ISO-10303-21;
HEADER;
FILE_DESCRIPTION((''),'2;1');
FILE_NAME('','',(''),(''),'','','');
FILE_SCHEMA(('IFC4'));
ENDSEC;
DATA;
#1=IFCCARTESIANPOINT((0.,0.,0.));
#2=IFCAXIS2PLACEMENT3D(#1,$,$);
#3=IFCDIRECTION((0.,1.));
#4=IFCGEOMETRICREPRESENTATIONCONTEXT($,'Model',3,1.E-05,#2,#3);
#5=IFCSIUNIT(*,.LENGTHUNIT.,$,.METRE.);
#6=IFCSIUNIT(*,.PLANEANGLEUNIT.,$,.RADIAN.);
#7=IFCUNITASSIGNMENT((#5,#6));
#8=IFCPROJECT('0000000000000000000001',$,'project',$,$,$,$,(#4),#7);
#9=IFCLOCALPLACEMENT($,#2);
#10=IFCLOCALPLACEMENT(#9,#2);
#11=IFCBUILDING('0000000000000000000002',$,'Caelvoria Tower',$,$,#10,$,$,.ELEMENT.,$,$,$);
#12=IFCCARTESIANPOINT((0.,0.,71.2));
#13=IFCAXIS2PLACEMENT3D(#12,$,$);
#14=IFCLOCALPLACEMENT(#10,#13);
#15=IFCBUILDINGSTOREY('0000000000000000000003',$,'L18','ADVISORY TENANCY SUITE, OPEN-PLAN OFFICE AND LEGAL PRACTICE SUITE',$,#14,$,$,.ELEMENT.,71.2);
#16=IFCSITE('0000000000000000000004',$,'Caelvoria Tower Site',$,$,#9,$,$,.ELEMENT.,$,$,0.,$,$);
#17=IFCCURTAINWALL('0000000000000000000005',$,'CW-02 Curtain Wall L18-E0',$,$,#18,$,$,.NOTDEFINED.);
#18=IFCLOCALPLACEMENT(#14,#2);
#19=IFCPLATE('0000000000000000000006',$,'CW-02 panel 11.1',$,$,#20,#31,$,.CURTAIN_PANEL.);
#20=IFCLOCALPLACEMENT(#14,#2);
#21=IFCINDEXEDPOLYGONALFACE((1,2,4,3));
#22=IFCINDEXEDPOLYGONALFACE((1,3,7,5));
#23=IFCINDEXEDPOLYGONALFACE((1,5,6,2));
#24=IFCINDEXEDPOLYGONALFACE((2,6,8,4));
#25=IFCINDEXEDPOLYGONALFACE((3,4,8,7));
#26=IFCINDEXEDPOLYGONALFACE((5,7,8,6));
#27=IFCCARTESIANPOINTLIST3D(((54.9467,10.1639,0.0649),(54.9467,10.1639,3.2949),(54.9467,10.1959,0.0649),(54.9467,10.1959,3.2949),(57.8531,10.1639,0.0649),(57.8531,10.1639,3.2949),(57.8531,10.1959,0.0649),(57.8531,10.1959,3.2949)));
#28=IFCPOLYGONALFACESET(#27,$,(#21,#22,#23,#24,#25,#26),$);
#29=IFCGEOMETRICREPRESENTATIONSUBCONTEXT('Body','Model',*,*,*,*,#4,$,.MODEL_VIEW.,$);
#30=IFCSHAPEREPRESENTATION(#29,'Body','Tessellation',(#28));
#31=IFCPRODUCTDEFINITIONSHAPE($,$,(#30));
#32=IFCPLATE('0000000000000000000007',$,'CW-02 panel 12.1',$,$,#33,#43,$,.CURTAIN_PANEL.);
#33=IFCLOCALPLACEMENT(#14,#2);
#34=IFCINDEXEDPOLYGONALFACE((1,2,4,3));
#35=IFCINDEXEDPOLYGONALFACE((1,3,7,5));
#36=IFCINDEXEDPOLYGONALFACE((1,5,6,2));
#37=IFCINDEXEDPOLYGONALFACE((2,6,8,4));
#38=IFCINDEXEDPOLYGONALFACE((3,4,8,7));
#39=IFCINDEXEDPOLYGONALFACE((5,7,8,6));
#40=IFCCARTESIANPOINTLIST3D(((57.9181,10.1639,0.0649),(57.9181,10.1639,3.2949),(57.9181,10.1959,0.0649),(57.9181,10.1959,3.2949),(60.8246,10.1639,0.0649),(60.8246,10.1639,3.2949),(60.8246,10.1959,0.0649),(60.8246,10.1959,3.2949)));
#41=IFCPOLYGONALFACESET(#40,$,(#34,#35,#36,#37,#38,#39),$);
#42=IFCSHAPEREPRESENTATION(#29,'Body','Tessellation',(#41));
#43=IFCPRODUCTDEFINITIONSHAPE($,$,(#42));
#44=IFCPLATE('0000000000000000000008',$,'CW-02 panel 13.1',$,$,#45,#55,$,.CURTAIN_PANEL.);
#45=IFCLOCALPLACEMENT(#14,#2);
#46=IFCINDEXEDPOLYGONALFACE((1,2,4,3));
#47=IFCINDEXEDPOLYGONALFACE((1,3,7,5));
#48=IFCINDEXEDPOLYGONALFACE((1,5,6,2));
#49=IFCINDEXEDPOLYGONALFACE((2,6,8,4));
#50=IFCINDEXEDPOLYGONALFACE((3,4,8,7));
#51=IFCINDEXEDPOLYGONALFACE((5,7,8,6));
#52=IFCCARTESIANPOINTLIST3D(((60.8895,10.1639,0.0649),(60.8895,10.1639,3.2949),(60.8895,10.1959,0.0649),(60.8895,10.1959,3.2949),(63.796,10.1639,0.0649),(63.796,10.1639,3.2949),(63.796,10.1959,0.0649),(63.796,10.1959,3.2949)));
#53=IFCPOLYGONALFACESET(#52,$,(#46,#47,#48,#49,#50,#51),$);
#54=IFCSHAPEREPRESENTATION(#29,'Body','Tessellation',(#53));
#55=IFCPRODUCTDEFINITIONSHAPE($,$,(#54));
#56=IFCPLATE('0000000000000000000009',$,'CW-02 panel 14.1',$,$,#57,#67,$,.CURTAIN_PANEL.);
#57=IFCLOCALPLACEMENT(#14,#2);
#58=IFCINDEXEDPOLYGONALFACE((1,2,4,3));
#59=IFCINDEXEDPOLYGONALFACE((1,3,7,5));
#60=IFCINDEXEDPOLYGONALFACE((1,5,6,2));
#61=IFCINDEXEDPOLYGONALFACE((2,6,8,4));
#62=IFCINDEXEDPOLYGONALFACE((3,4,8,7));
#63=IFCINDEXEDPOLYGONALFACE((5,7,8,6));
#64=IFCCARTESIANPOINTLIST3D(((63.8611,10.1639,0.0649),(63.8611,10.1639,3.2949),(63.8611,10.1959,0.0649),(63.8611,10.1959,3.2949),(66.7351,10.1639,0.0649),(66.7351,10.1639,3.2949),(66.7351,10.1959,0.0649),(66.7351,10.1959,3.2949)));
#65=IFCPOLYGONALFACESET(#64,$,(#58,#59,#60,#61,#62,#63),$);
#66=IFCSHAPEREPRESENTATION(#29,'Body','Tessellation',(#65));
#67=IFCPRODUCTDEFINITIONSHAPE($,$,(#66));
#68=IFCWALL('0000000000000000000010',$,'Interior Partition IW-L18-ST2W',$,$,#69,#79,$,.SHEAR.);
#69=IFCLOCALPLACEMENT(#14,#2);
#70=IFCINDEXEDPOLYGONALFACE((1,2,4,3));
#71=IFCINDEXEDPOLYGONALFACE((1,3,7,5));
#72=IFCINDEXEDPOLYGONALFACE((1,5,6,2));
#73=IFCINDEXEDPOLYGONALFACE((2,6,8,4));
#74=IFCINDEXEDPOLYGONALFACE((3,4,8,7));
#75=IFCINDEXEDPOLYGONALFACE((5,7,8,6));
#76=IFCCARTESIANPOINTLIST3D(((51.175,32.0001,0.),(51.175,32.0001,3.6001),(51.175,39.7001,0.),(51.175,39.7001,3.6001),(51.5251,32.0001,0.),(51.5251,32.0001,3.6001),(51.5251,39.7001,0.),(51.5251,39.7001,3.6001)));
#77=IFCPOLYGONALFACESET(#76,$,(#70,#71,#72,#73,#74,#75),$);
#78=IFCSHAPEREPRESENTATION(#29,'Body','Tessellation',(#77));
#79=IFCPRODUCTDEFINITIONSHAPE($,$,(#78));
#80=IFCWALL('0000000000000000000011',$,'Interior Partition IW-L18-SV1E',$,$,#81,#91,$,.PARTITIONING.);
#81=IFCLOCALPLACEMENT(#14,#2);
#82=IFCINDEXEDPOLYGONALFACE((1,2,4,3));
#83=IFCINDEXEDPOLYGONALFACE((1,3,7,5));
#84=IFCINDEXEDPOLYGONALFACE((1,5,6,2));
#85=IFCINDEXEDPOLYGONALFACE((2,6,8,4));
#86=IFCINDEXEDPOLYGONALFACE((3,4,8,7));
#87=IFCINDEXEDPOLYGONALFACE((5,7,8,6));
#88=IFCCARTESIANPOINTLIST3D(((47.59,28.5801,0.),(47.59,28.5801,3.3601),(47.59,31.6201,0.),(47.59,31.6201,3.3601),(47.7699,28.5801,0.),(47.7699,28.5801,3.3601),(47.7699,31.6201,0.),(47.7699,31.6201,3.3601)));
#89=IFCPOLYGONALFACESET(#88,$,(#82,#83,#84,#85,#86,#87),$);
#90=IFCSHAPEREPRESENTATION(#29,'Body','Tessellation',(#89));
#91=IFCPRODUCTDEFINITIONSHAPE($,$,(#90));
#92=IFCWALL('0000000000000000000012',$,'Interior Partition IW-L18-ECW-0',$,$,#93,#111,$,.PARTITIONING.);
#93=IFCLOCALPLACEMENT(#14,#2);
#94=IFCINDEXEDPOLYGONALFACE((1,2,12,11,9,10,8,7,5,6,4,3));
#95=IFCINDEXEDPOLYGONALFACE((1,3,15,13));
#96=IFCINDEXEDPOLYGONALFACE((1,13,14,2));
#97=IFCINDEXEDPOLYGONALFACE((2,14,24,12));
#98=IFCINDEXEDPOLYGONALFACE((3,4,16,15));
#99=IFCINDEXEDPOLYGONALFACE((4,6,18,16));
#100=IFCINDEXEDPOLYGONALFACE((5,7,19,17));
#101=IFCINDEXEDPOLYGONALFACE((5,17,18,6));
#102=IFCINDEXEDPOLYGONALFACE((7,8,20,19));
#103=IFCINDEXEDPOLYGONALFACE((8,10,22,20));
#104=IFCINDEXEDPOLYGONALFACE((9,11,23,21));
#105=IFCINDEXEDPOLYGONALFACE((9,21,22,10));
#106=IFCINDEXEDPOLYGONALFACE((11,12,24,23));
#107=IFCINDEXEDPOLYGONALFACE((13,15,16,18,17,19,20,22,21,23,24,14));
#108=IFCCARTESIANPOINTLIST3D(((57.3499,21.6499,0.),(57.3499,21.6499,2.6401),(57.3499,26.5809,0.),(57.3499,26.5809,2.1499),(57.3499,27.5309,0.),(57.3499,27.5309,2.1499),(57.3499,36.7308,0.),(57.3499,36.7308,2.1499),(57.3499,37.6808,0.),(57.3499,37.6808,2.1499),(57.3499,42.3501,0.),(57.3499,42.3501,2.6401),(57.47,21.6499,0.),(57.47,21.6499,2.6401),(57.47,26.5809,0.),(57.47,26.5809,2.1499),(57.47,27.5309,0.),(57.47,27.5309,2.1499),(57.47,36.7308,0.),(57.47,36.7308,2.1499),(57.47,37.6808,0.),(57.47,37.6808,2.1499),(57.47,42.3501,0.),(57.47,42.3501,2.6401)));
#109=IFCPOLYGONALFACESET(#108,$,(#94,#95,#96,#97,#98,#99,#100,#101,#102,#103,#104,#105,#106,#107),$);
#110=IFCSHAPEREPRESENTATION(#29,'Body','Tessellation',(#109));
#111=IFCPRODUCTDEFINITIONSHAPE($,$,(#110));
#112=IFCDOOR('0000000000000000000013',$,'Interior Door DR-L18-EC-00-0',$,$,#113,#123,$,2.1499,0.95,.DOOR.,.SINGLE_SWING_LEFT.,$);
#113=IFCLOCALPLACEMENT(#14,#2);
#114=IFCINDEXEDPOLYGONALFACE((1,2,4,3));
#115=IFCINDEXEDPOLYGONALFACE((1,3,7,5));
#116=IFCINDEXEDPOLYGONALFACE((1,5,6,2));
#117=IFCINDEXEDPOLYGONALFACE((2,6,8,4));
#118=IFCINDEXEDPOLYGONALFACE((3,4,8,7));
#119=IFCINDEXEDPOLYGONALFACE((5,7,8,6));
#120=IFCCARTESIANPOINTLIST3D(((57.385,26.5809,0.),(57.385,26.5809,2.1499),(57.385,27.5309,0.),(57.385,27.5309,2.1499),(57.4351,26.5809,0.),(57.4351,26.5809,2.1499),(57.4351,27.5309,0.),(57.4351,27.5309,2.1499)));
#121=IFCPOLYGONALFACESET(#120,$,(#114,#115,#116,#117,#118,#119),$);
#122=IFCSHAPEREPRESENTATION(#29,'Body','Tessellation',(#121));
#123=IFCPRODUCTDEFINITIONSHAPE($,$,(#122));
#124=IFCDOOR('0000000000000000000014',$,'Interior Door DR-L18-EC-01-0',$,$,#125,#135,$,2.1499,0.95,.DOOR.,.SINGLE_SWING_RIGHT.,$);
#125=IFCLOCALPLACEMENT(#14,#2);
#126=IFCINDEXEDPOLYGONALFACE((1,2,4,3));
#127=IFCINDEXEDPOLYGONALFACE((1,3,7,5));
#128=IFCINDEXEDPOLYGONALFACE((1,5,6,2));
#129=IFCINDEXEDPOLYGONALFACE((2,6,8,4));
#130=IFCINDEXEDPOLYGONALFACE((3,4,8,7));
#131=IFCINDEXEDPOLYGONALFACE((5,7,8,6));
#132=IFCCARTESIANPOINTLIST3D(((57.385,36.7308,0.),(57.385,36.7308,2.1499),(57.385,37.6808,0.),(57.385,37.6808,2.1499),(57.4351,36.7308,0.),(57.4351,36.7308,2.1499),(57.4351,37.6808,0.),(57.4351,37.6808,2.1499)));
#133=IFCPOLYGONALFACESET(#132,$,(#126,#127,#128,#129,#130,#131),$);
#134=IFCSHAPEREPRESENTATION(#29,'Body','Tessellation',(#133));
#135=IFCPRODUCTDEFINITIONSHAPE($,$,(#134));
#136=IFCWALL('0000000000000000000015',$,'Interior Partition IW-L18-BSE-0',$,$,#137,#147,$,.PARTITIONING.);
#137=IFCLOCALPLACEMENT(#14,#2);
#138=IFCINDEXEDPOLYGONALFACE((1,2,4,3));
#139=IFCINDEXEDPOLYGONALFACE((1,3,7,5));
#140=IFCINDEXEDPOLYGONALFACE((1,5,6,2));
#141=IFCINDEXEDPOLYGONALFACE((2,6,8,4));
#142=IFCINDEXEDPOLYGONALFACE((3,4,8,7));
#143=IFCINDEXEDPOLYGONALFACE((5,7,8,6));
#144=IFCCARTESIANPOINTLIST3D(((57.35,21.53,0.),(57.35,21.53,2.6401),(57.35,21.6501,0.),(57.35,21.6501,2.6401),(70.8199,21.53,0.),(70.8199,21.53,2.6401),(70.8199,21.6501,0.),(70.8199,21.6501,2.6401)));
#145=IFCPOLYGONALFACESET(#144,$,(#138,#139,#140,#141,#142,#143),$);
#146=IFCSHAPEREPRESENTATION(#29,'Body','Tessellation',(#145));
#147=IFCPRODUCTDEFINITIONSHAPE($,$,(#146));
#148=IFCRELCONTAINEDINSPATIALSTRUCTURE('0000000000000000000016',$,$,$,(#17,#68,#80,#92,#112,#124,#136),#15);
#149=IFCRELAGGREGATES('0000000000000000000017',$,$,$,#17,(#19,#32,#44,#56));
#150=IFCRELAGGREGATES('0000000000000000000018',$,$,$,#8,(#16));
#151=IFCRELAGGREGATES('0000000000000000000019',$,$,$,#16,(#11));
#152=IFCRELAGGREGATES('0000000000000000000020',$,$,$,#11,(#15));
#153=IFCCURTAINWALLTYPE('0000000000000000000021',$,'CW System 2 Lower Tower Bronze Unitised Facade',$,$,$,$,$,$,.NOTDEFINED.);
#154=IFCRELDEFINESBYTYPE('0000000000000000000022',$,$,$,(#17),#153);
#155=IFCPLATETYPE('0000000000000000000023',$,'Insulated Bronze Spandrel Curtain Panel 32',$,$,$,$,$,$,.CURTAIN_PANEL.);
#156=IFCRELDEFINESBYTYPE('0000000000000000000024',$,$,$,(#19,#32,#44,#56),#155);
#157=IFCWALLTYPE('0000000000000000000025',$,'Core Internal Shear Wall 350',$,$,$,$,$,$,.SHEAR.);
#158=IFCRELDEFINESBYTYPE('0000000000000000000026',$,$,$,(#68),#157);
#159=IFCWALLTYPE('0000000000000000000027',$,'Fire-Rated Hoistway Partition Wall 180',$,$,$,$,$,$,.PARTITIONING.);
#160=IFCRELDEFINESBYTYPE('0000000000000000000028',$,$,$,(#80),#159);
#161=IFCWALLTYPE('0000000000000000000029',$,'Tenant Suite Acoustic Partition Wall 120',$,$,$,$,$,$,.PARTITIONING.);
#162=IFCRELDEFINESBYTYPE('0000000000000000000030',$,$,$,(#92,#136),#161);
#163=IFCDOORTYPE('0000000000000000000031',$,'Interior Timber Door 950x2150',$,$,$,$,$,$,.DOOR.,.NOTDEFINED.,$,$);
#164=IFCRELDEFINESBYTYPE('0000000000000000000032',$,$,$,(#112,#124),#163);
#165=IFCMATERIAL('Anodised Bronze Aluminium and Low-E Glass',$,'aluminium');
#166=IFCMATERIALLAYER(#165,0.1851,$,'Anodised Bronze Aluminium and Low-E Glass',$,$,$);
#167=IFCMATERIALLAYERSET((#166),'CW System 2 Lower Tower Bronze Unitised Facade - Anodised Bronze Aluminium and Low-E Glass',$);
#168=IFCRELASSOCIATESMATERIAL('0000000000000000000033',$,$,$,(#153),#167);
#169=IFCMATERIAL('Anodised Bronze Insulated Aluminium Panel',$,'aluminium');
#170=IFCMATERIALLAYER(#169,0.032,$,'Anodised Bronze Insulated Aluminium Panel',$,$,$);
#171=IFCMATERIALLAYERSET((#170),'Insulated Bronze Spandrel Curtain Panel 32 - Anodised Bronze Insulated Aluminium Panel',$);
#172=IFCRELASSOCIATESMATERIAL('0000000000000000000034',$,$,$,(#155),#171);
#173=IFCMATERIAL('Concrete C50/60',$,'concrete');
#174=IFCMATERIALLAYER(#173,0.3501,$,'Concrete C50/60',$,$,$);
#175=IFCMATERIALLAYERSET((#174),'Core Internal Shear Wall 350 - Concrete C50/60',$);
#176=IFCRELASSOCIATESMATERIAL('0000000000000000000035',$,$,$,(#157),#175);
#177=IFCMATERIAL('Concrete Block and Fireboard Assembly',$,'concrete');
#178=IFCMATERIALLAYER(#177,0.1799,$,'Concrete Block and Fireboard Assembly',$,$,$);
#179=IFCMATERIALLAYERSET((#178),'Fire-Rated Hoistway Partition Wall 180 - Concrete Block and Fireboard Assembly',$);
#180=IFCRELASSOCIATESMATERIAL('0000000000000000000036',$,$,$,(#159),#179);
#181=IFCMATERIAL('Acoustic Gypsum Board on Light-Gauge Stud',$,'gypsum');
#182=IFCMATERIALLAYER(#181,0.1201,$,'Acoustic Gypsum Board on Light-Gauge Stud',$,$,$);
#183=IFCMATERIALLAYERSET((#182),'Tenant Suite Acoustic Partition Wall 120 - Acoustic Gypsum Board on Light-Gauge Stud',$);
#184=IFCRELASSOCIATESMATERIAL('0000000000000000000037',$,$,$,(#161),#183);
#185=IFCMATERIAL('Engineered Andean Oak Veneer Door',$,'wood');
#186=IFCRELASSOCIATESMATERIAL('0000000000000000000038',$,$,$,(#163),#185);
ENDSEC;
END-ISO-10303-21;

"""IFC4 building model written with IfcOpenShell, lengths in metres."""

from ifc_helpers import new_model, si_unit, direction, frame, frame_2d, origin, origin_2d, place, context, subcontext, project, spatial, rectangle, extrude, material, layer, layer_set, type_object, element, fill, aggregate, save


model = new_model("IFC4")

# Units and contexts
model_context = context("Model", 3, precision=1e-05, world=origin(), true_north=direction((0.0, 1.0)))
body_context = subcontext(model_context, "Body", "Model", "MODEL_VIEW")
ifc_project = project(units=[si_unit("LENGTHUNIT", "METRE"), si_unit("PLANEANGLEUNIT", "RADIAN")], contexts=[model_context])

# Site, building, storey
site_placement = place(None, origin())
site = spatial("IfcSite", under=ifc_project, at=site_placement, Name="Caelvoria Tower Site", CompositionType="ELEMENT", RefElevation=0.0)
building_placement = place(site_placement, origin())
building = spatial("IfcBuilding", under=site, at=building_placement, Name="Caelvoria Tower", CompositionType="ELEMENT")
storey_placement = place(building_placement, frame((0.0, 0.0, 71.2)))
storey = spatial("IfcBuildingStorey", under=building, at=storey_placement, Name="L18", Description="ADVISORY TENANCY SUITE, OPEN-PLAN OFFICE AND LEGAL PRACTICE SUITE", CompositionType="ELEMENT", Elevation=71.2)

# Curtain wall
ifc_material_1 = material(Name="Anodised Bronze Aluminium and Low-E Glass", Category="aluminium")
ifc_layer_1 = layer(ifc_material_1, 0.1851, Name="Anodised Bronze Aluminium and Low-E Glass")
ifc_layer_set_1 = layer_set([ifc_layer_1], Name="CW System 2 Lower Tower Bronze Unitised Facade - Anodised Bronze Aluminium and Low-E Glass")
curtain_wall_type = type_object("IfcCurtainWallType", Name="CW System 2 Lower Tower Bronze Unitised Facade", PredefinedType="NOTDEFINED", material=ifc_layer_set_1)
curtain_wall_placement = place(storey_placement, origin())
curtain_wall = element("IfcCurtainWall", 1, at=curtain_wall_placement, inside=storey, type_object=curtain_wall_type, Name="CW-02 Curtain Wall L18-E0", PredefinedType="NOTDEFINED")

# Plates
ifc_material_2 = material(Name="Anodised Bronze Insulated Aluminium Panel", Category="aluminium")
ifc_layer_2 = layer(ifc_material_2, 0.032, Name="Anodised Bronze Insulated Aluminium Panel")
ifc_layer_set_2 = layer_set([ifc_layer_2], Name="Insulated Bronze Spandrel Curtain Panel 32 - Anodised Bronze Insulated Aluminium Panel")
plate_type = type_object("IfcPlateType", Name="Insulated Bronze Spandrel Curtain Panel 32", PredefinedType="CURTAIN_PANEL", material=ifc_layer_set_2)
plate_1_placement = place(storey_placement, frame((56.3999, 10.1799, 0.0649), z_axis=(0.0, 0.0, 1.0), x_axis=(1.0, 0.0, 0.0)))
plate_1 = element("IfcPlate", 2, at=plate_1_placement, type_object=plate_type, Name="CW-02 panel 11.1", PredefinedType="CURTAIN_PANEL", context=body_context, shape_type="SweptSolid", body=[
    extrude(rectangle(XDim=2.9065, YDim=0.032, at=origin_2d()), origin(), (0.0, 0.0, 1.0), 3.23),
])
plate_2_placement = place(storey_placement, frame((59.3713, 10.1799, 0.0649), z_axis=(0.0, 0.0, 1.0), x_axis=(1.0, 0.0, 0.0)))
plate_2 = element("IfcPlate", 3, at=plate_2_placement, type_object=plate_type, Name="CW-02 panel 12.1", PredefinedType="CURTAIN_PANEL", context=body_context, shape_type="SweptSolid", body=[
    extrude(rectangle(XDim=2.9065, YDim=0.032, at=origin_2d()), origin(), (0.0, 0.0, 1.0), 3.23),
])
plate_3_placement = place(storey_placement, frame((62.3428, 10.1799, 0.0649), z_axis=(0.0, 0.0, 1.0), x_axis=(1.0, 0.0, 0.0)))
plate_3 = element("IfcPlate", 4, at=plate_3_placement, type_object=plate_type, Name="CW-02 panel 13.1", PredefinedType="CURTAIN_PANEL", context=body_context, shape_type="SweptSolid", body=[
    extrude(rectangle(XDim=2.9065, YDim=0.032, at=origin_2d()), origin(), (0.0, 0.0, 1.0), 3.23),
])
plate_4_placement = place(storey_placement, frame((65.2981, 10.1799, 0.0649), z_axis=(0.0, 0.0, 1.0), x_axis=(1.0, 0.0, 0.0)))
plate_4 = element("IfcPlate", 5, at=plate_4_placement, type_object=plate_type, Name="CW-02 panel 14.1", PredefinedType="CURTAIN_PANEL", context=body_context, shape_type="SweptSolid", body=[
    extrude(rectangle(XDim=2.874, YDim=0.032, at=origin_2d()), origin(), (0.0, 0.0, 1.0), 3.23),
])
aggregate(curtain_wall, [plate_1, plate_2, plate_3, plate_4])

# Walls
ifc_material_3 = material(Name="Concrete C50/60", Category="concrete")
ifc_layer_3 = layer(ifc_material_3, 0.3501, Name="Concrete C50/60")
ifc_layer_set_3 = layer_set([ifc_layer_3], Name="Core Internal Shear Wall 350 - Concrete C50/60")
wall_type_1 = type_object("IfcWallType", Name="Core Internal Shear Wall 350", PredefinedType="SHEAR", material=ifc_layer_set_3)
wall_1_placement = place(storey_placement, frame((51.3501, 32.0, 0.0), z_axis=(0.0, 0.0, 1.0), x_axis=(0.0, 1.0, 0.0)))
element("IfcWall", 6, at=wall_1_placement, inside=storey, type_object=wall_type_1, Name="Interior Partition IW-L18-ST2W", PredefinedType="SHEAR", context=body_context, shape_type="SweptSolid", body=[
    extrude(rectangle(XDim=7.7, YDim=0.3501, at=frame_2d((3.8501, 0.0))), origin(), (0.0, 0.0, 1.0), 3.6001),
])
ifc_material_4 = material(Name="Concrete Block and Fireboard Assembly", Category="concrete")
ifc_layer_4 = layer(ifc_material_4, 0.1799, Name="Concrete Block and Fireboard Assembly")
ifc_layer_set_4 = layer_set([ifc_layer_4], Name="Fire-Rated Hoistway Partition Wall 180 - Concrete Block and Fireboard Assembly")
wall_type_2 = type_object("IfcWallType", Name="Fire-Rated Hoistway Partition Wall 180", PredefinedType="PARTITIONING", material=ifc_layer_set_4)
wall_2_placement = place(storey_placement, frame((47.6799, 28.5801, 0.0), z_axis=(0.0, 0.0, 1.0), x_axis=(0.0, 1.0, 0.0)))
element("IfcWall", 7, at=wall_2_placement, inside=storey, type_object=wall_type_2, Name="Interior Partition IW-L18-SV1E", PredefinedType="PARTITIONING", context=body_context, shape_type="SweptSolid", body=[
    extrude(rectangle(XDim=3.04, YDim=0.1799, at=frame_2d((1.52, 0.0))), origin(), (0.0, 0.0, 1.0), 3.3601),
])

# Wall, openings, doors
ifc_material_5 = material(Name="Acoustic Gypsum Board on Light-Gauge Stud", Category="gypsum")
ifc_layer_5 = layer(ifc_material_5, 0.1201, Name="Acoustic Gypsum Board on Light-Gauge Stud")
ifc_layer_set_5 = layer_set([ifc_layer_5], Name="Tenant Suite Acoustic Partition Wall 120 - Acoustic Gypsum Board on Light-Gauge Stud")
wall_type_3 = type_object("IfcWallType", Name="Tenant Suite Acoustic Partition Wall 120", PredefinedType="PARTITIONING", material=ifc_layer_set_5)
wall_3_placement = place(storey_placement, frame((57.4099, 21.6499, 0.0), z_axis=(0.0, 0.0, 1.0), x_axis=(0.0, 1.0, 0.0)))
wall_3 = element("IfcWall", 8, at=wall_3_placement, inside=storey, type_object=wall_type_3, Name="Interior Partition IW-L18-ECW-0", PredefinedType="PARTITIONING", context=body_context, shape_type="SweptSolid", body=[
    extrude(rectangle(XDim=20.7002, YDim=0.1201, at=frame_2d((10.3501, 0.0))), origin(), (0.0, 0.0, 1.0), 2.6401),
])
opening_1_placement = place(wall_3_placement, frame((4.9309, 0.0, 0.0)))
opening_1 = element("IfcOpeningElement", 9, at=opening_1_placement, cuts=wall_3, PredefinedType="OPENING", context=body_context, shape_type="SweptSolid", body=[
    extrude(rectangle(XDim=0.95, YDim=2.1499, at=frame_2d((0.4751, 1.075))), frame((0.0, 0.0701, 0.0), z_axis=(0.0, -1.0, 0.0), x_axis=(1.0, 0.0, 0.0)), (0.0, 0.0, 1.0), 0.1401),
])
opening_2_placement = place(wall_3_placement, frame((15.0808, 0.0, 0.0)))
opening_2 = element("IfcOpeningElement", 10, at=opening_2_placement, cuts=wall_3, PredefinedType="OPENING", context=body_context, shape_type="SweptSolid", body=[
    extrude(rectangle(XDim=0.95, YDim=2.1499, at=frame_2d((0.4751, 1.075))), frame((0.0, 0.0701, 0.0), z_axis=(0.0, -1.0, 0.0), x_axis=(1.0, 0.0, 0.0)), (0.0, 0.0, 1.0), 0.1401),
])
ifc_material_6 = material(Name="Engineered Andean Oak Veneer Door", Category="wood")
door_type_1 = type_object("IfcDoorType", Name="Interior Timber Door 950x2150", OperationType="NOTDEFINED", PredefinedType="DOOR", material=ifc_material_6)
door_1_placement = place(opening_1_placement, origin())
door_1 = element("IfcDoor", 11, at=door_1_placement, inside=storey, type_object=door_type_1, Name="Interior Door DR-L18-EC-00-0", OperationType="SINGLE_SWING_LEFT", OverallHeight=2.1499, OverallWidth=0.95, PredefinedType="DOOR", context=body_context, shape_type="SweptSolid", body=[
    extrude(rectangle(XDim=0.95, YDim=2.1499, at=frame_2d((0.4751, 1.075))), frame((0.0, 0.0249, 0.0), z_axis=(0.0, -1.0, 0.0), x_axis=(1.0, 0.0, 0.0)), (0.0, 0.0, 1.0), 0.05),
])
fill(opening_1, door_1)
door_2_placement = place(opening_2_placement, origin())
door_2 = element("IfcDoor", 12, at=door_2_placement, inside=storey, type_object=door_type_1, Name="Interior Door DR-L18-EC-01-0", OperationType="SINGLE_SWING_RIGHT", OverallHeight=2.1499, OverallWidth=0.95, PredefinedType="DOOR", context=body_context, shape_type="SweptSolid", body=[
    extrude(rectangle(XDim=0.95, YDim=2.1499, at=frame_2d((0.4751, 1.075))), frame((0.0, 0.0249, 0.0), z_axis=(0.0, -1.0, 0.0), x_axis=(1.0, 0.0, 0.0)), (0.0, 0.0, 1.0), 0.05),
])
fill(opening_2, door_2)

# Wall
wall_4_placement = place(storey_placement, frame((57.3501, 21.5901, 0.0), z_axis=(0.0, 0.0, 1.0), x_axis=(1.0, 0.0, 0.0)))
element("IfcWall", 13, at=wall_4_placement, inside=storey, type_object=wall_type_3, Name="Interior Partition IW-L18-BSE-0", PredefinedType="PARTITIONING", context=body_context, shape_type="SweptSolid", body=[
    extrude(rectangle(XDim=13.47, YDim=0.1201, at=frame_2d((6.7349, 0.0))), origin(), (0.0, 0.0, 1.0), 2.6401),
])

save(model, "model.ifc")
